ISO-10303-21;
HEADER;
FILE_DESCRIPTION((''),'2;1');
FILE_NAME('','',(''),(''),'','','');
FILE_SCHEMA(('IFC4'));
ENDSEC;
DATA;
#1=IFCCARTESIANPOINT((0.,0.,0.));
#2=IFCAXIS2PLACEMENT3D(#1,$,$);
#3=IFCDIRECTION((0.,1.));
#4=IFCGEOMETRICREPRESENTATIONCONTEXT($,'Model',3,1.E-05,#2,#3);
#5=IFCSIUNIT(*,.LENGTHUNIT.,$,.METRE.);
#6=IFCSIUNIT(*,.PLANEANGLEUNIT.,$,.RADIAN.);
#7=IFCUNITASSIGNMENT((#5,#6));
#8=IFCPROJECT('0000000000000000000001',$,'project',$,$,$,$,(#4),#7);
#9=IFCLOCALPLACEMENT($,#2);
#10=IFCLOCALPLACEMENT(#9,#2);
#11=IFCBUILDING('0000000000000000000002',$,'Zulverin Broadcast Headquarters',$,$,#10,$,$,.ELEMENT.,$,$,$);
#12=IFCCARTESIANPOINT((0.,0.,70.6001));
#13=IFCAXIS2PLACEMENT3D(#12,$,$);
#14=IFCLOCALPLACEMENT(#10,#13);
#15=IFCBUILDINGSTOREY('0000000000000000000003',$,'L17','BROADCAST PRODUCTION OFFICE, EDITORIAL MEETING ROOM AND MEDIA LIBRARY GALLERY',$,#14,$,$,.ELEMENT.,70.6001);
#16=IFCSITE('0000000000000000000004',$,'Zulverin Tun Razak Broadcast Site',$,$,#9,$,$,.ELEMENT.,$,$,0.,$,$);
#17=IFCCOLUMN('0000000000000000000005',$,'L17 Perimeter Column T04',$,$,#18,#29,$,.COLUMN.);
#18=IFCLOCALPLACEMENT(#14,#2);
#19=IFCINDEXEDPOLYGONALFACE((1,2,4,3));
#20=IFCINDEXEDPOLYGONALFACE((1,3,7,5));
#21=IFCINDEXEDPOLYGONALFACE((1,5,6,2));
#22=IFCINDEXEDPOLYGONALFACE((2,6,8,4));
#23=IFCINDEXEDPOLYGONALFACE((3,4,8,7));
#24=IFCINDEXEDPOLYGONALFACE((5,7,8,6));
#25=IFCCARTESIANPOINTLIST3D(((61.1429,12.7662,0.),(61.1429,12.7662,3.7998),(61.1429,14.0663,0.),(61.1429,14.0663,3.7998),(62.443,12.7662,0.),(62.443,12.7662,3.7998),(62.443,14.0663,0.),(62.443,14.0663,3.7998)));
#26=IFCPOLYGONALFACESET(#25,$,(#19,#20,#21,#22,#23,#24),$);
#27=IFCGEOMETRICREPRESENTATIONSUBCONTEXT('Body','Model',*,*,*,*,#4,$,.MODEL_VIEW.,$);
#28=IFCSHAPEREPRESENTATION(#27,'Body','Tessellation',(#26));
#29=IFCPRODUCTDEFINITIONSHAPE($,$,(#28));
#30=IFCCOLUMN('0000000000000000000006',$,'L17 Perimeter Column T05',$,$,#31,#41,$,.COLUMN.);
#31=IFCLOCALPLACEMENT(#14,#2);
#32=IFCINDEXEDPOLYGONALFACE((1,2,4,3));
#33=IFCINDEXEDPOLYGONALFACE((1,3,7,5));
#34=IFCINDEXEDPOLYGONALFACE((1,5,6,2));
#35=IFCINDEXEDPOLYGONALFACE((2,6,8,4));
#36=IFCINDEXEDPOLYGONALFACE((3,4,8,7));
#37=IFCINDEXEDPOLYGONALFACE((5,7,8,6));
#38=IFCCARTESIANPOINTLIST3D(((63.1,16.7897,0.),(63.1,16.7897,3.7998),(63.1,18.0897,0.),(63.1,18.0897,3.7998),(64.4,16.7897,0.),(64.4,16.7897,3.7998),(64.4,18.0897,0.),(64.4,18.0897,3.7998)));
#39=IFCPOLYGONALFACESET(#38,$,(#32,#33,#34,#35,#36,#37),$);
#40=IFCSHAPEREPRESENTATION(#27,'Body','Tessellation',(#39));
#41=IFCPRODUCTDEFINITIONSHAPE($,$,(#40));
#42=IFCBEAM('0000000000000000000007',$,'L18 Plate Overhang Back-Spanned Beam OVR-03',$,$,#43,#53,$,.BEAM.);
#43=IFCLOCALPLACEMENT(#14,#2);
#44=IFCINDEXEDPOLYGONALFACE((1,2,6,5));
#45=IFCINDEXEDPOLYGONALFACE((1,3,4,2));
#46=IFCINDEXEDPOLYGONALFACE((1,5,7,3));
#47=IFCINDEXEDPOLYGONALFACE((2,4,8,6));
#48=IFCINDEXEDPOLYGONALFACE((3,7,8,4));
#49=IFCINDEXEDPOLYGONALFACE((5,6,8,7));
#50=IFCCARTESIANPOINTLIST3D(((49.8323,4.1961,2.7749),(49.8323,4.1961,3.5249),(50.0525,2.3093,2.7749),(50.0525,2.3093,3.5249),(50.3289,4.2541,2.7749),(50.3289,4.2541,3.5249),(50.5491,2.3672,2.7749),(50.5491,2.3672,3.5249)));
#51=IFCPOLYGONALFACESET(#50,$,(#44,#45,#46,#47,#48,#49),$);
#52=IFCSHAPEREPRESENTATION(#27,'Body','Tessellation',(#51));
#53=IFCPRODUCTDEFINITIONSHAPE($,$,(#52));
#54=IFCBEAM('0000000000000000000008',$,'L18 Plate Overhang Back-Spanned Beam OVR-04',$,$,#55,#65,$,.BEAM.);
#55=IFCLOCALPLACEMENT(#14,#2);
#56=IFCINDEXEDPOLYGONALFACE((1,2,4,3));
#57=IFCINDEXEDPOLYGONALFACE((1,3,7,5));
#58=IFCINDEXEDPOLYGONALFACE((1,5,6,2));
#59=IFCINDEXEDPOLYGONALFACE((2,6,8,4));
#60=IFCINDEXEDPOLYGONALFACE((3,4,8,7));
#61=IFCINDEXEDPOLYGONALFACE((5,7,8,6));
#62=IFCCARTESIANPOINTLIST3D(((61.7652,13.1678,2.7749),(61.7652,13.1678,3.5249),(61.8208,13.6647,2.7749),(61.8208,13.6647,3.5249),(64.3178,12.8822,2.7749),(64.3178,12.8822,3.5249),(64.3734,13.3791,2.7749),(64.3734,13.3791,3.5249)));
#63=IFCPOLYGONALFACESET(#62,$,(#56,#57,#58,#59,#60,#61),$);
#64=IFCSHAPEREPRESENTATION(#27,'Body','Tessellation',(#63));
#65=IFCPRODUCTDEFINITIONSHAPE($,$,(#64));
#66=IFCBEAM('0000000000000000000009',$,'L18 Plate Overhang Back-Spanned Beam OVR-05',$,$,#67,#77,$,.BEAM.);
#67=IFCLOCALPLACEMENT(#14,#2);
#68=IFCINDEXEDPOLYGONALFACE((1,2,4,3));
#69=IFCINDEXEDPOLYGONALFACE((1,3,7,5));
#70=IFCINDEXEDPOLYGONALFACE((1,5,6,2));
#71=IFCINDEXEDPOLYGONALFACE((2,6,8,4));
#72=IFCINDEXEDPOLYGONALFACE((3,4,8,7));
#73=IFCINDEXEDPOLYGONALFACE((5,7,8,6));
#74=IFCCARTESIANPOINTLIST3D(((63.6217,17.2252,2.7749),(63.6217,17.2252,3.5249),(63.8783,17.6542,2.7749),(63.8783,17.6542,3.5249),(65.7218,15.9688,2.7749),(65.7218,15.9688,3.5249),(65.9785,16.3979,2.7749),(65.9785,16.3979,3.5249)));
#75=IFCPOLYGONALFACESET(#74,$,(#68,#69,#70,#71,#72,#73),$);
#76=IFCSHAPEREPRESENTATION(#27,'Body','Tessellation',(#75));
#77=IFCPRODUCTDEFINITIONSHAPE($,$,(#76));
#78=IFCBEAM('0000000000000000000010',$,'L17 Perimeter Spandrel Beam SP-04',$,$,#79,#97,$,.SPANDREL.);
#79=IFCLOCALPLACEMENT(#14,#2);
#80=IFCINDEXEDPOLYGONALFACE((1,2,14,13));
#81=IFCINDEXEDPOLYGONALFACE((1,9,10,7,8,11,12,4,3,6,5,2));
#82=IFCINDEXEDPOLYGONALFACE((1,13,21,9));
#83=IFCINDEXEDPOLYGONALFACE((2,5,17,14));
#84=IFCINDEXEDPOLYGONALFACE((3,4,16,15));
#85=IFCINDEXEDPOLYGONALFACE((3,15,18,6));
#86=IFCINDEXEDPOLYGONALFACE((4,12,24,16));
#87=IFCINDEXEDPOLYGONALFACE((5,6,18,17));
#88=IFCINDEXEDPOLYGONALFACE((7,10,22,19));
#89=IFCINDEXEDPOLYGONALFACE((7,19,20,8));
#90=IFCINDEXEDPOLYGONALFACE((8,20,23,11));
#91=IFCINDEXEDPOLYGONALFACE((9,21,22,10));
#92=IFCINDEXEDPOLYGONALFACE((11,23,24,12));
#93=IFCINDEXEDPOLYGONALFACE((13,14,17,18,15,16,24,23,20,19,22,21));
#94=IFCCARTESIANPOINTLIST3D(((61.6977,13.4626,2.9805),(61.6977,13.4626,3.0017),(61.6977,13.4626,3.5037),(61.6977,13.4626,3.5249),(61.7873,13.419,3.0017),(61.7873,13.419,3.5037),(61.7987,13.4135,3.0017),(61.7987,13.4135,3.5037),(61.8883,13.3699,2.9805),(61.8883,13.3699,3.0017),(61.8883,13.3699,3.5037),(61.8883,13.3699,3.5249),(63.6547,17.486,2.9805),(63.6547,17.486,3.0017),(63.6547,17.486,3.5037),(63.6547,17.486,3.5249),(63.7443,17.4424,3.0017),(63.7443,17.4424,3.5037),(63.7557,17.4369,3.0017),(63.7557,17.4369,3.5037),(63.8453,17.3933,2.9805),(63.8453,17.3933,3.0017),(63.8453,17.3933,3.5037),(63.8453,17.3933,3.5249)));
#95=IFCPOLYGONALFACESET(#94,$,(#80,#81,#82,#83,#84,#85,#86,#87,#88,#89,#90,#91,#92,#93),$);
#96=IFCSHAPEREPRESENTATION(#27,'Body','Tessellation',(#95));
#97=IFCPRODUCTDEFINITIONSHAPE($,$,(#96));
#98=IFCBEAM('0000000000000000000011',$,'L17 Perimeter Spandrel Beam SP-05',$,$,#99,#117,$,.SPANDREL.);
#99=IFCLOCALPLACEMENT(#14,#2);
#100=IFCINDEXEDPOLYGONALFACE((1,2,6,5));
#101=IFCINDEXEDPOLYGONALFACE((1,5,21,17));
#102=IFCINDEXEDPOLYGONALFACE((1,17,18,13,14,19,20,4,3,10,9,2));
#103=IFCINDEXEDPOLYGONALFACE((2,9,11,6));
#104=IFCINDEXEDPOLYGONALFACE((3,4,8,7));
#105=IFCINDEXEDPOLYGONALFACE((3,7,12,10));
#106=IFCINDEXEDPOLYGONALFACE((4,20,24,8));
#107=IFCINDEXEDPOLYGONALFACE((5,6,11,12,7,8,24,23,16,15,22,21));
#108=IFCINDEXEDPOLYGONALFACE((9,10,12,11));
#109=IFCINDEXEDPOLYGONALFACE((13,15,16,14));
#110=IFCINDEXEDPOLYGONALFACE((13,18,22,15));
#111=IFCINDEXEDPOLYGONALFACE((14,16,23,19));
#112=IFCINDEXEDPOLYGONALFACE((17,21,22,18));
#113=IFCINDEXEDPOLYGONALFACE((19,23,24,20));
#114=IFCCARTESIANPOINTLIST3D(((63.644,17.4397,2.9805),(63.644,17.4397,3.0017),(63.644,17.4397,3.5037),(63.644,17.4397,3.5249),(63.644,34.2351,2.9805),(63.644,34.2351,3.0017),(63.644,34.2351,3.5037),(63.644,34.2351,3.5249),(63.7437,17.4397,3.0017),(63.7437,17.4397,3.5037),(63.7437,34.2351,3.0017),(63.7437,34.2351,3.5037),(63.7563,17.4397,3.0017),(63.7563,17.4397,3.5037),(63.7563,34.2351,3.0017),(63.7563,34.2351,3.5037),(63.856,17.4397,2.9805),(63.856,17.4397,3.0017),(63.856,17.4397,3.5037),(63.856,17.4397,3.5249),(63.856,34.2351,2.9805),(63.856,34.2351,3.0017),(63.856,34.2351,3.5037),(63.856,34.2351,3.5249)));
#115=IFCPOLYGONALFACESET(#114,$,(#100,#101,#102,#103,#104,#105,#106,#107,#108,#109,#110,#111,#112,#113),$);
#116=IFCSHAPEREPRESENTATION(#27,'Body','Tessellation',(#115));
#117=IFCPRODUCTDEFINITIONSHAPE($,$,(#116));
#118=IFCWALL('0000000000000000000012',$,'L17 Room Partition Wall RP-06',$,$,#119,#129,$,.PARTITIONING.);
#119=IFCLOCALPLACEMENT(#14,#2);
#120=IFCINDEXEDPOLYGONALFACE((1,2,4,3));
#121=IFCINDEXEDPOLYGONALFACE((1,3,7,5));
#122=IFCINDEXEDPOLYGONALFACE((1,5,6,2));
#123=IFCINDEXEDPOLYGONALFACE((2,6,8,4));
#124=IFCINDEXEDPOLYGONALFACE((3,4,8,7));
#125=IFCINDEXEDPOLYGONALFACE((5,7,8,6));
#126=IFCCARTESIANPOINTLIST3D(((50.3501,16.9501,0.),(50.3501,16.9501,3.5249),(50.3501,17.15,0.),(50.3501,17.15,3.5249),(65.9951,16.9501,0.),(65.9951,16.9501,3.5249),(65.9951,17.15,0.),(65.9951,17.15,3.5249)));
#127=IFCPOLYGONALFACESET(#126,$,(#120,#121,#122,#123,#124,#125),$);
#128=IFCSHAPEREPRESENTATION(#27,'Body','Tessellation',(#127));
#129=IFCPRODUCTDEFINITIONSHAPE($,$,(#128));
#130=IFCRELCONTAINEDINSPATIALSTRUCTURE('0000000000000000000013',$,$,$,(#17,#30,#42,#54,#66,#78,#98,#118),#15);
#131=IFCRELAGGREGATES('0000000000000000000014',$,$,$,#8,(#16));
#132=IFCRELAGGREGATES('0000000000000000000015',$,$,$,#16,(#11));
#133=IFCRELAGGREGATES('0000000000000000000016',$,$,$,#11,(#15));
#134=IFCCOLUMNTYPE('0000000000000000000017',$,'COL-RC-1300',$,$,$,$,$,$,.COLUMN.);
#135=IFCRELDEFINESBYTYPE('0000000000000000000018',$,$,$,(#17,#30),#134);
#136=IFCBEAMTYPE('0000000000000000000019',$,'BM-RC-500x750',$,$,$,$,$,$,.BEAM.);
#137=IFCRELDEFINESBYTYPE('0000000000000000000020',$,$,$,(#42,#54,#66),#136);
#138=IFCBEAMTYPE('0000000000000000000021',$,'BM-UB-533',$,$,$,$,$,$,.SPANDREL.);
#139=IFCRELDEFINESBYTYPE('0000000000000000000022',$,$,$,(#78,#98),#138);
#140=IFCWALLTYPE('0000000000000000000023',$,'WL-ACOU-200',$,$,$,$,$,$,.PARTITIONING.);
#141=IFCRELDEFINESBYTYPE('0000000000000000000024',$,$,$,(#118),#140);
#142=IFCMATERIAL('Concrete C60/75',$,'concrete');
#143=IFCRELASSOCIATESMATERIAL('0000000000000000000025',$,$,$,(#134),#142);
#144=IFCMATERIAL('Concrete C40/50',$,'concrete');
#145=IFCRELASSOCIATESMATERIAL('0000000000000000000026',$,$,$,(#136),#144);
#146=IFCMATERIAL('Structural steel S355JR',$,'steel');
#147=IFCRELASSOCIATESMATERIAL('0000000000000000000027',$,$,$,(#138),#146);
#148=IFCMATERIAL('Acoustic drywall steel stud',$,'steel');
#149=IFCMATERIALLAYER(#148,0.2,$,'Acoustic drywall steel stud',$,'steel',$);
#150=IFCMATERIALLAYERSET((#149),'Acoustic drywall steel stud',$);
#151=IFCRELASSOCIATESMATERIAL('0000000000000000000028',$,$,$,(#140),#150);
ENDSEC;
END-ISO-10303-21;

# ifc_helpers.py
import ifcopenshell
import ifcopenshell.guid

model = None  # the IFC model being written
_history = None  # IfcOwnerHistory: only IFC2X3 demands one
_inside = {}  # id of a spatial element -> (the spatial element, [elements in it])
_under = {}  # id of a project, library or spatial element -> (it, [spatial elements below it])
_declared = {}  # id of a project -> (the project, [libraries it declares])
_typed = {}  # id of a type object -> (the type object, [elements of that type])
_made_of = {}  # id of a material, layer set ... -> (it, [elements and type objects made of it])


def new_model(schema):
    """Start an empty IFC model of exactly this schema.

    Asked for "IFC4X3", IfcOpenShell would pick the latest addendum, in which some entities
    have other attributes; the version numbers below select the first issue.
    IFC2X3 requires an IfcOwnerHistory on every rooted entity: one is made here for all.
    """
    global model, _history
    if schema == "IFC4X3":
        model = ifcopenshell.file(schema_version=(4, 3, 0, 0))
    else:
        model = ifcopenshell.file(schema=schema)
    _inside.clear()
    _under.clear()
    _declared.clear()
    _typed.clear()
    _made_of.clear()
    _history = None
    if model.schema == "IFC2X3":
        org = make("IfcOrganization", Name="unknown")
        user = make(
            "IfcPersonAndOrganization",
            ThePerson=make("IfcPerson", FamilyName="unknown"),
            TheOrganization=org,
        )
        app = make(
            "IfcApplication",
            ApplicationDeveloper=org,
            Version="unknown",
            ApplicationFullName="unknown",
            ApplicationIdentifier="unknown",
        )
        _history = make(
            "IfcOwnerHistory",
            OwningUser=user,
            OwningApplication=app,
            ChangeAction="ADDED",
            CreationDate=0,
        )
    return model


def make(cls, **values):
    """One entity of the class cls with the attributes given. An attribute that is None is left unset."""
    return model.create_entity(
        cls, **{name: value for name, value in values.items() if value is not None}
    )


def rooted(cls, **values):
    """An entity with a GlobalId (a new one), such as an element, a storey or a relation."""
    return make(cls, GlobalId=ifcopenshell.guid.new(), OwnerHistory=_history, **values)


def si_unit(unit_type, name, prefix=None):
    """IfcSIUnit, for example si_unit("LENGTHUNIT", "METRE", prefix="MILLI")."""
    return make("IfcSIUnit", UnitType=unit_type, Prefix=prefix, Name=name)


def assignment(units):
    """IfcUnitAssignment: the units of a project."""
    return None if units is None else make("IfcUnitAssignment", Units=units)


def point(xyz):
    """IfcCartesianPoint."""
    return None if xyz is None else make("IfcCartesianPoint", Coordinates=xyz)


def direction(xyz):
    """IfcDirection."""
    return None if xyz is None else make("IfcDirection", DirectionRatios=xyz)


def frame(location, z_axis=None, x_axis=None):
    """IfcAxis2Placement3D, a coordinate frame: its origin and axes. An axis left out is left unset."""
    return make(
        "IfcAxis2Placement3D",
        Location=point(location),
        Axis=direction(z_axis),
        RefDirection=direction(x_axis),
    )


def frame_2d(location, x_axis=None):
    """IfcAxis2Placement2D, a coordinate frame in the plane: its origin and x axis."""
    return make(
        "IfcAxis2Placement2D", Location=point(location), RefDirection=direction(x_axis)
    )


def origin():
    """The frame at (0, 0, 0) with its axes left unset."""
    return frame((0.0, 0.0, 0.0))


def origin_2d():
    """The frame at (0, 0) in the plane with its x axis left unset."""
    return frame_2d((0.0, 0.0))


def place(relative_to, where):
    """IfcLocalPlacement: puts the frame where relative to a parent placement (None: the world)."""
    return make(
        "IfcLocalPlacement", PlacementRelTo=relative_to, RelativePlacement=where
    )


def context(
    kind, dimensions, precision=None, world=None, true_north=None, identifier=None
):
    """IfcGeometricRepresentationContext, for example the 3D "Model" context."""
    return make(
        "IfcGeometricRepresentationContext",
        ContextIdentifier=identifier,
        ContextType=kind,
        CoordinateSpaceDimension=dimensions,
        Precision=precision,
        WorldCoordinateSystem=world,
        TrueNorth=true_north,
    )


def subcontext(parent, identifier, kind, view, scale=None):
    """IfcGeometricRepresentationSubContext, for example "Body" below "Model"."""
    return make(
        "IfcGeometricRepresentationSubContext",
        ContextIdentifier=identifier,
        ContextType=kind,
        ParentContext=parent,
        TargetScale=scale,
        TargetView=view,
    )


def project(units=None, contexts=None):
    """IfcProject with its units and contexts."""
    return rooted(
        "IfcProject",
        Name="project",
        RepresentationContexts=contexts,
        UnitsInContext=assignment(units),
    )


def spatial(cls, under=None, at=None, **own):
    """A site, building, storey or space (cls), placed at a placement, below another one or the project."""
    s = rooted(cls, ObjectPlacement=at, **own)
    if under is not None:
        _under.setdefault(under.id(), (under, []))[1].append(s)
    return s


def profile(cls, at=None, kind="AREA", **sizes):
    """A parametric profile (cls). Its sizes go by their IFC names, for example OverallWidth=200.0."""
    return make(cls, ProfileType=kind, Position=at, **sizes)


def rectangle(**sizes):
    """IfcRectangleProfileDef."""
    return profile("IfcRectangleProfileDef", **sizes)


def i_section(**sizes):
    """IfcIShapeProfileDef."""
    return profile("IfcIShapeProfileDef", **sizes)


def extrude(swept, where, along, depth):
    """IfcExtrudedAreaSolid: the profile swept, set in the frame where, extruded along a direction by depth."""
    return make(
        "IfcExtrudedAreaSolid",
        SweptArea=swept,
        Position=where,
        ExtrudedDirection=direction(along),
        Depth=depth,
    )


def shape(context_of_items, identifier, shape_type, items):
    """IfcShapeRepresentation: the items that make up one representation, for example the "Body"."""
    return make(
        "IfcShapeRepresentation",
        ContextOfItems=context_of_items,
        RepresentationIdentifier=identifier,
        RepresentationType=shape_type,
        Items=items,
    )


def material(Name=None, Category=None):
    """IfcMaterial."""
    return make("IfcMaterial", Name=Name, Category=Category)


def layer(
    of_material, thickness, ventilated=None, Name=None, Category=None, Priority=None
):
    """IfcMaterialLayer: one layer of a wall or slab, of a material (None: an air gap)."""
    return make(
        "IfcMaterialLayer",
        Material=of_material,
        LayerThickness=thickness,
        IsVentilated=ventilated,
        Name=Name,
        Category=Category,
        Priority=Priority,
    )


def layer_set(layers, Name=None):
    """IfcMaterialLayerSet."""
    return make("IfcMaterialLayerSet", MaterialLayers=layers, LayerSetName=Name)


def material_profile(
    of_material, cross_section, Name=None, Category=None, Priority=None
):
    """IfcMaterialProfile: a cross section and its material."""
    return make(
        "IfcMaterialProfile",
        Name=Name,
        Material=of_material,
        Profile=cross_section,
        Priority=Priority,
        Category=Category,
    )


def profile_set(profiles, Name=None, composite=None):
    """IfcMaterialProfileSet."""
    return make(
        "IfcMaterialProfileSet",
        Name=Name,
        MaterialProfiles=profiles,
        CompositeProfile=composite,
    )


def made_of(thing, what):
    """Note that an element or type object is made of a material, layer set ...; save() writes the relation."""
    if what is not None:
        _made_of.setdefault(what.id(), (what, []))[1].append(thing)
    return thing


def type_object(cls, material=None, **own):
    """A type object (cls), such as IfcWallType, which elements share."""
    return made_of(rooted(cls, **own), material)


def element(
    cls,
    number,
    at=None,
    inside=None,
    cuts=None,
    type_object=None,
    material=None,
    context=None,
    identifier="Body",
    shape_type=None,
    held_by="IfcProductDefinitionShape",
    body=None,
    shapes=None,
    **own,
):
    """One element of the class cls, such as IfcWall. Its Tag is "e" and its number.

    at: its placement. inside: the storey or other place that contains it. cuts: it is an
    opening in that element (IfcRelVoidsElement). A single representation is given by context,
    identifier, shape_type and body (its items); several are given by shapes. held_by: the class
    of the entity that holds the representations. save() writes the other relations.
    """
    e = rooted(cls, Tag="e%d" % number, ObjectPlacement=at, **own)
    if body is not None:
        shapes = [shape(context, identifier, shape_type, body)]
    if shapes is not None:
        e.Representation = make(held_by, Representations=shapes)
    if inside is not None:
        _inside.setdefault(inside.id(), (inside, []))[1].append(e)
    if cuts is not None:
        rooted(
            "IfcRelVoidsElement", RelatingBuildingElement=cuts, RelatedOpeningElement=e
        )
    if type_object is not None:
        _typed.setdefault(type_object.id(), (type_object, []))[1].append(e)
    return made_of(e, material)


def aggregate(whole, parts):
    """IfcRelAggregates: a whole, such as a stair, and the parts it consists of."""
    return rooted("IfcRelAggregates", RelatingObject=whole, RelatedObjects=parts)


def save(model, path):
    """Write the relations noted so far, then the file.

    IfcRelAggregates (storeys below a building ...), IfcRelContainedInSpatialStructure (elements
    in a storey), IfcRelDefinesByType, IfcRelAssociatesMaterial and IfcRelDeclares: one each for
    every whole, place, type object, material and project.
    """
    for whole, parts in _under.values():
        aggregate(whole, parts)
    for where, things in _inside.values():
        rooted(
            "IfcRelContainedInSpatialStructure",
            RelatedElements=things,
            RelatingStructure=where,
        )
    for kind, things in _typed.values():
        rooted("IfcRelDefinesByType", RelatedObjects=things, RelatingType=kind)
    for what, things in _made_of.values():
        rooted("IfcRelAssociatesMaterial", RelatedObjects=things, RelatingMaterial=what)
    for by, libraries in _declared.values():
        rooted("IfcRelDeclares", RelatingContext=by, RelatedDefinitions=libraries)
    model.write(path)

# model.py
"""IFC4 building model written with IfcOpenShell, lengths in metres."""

from ifc_helpers import new_model, si_unit, direction, frame, frame_2d, origin, origin_2d, place, context, subcontext, project, spatial, rectangle, i_section, extrude, material, layer, layer_set, material_profile, profile_set, type_object, element, save


model = new_model("IFC4")

# Units and contexts
model_context = context("Model", 3, precision=1e-05, world=origin(), true_north=direction((0.0, 1.0)))
body_context = subcontext(model_context, "Body", "Model", "MODEL_VIEW")
ifc_project = project(units=[si_unit("LENGTHUNIT", "METRE"), si_unit("PLANEANGLEUNIT", "RADIAN")], contexts=[model_context])

# Site, building, storey
site_placement = place(None, origin())
site = spatial("IfcSite", under=ifc_project, at=site_placement, Name="Zulverin Tun Razak Broadcast Site", CompositionType="ELEMENT", RefElevation=0.0)
building_placement = place(site_placement, origin())
building = spatial("IfcBuilding", under=site, at=building_placement, Name="Zulverin Broadcast Headquarters", CompositionType="ELEMENT")
storey_placement = place(building_placement, frame((0.0, 0.0, 70.6001)))
storey = spatial("IfcBuildingStorey", under=building, at=storey_placement, Name="L17", Description="BROADCAST PRODUCTION OFFICE, EDITORIAL MEETING ROOM AND MEDIA LIBRARY GALLERY", CompositionType="ELEMENT", Elevation=70.6001)

# Columns
ifc_material_1 = material(Name="Concrete C60/75", Category="concrete")
ifc_material_profile_1 = material_profile(ifc_material_1, rectangle(XDim=1.3, YDim=1.3, at=origin_2d()), Name="Concrete C60/75", Category="concrete")
ifc_profile_set_1 = profile_set([ifc_material_profile_1], Name="Concrete C60/75")
column_type = type_object("IfcColumnType", Name="COL-RC-1300", PredefinedType="COLUMN", material=ifc_profile_set_1)
for number, where, z_axis, x_axis, name in (
    (1, (61.793, 13.4163, 0.0), (0.0, 0.0, 1.0), (1.0, 0.0, 0.0), "L17 Perimeter Column T04"),
    (2, (63.75, 17.4397, 0.0), (0.0, 0.0, 1.0), (1.0, 0.0, 0.0), "L17 Perimeter Column T05"),
):
    element("IfcColumn", number, at=place(storey_placement, frame(where, z_axis=z_axis, x_axis=x_axis)), inside=storey, type_object=column_type, Name=name, PredefinedType="COLUMN", context=body_context, shape_type="SweptSolid", body=[
        extrude(rectangle(XDim=1.3, YDim=1.3, at=origin_2d()), origin(), (0.0, 0.0, 1.0), 3.7998),
    ])

# Beams
ifc_material_2 = material(Name="Concrete C40/50", Category="concrete")
ifc_material_profile_2 = material_profile(ifc_material_2, rectangle(XDim=0.5, YDim=0.75, at=origin_2d()), Name="Concrete C40/50", Category="concrete")
ifc_profile_set_2 = profile_set([ifc_material_profile_2], Name="Concrete C40/50")
beam_type_1 = type_object("IfcBeamType", Name="BM-RC-500x750", PredefinedType="BEAM", material=ifc_profile_set_2)
beam_1_placement = place(storey_placement, frame((50.0806, 4.2251, 3.1499), z_axis=(0.115917, -0.993259, 0.0), x_axis=(0.993259, 0.115917, 0.0)))
element("IfcBeam", 3, at=beam_1_placement, inside=storey, type_object=beam_type_1, Name="L18 Plate Overhang Back-Spanned Beam OVR-03", PredefinedType="BEAM", context=body_context, shape_type="SweptSolid", body=[
    extrude(rectangle(XDim=0.5, YDim=0.75, at=origin_2d()), origin(), (0.0, 0.0, 1.0), 1.8997),
])
beam_2_placement = place(storey_placement, frame((61.793, 13.4163, 3.1499), z_axis=(0.993798, -0.111203, 0.0), x_axis=(0.111203, 0.993798, 0.0)))
element("IfcBeam", 4, at=beam_2_placement, inside=storey, type_object=beam_type_1, Name="L18 Plate Overhang Back-Spanned Beam OVR-04", PredefinedType="BEAM", context=body_context, shape_type="SweptSolid", body=[
    extrude(rectangle(XDim=0.5, YDim=0.75, at=origin_2d()), origin(), (0.0, 0.0, 1.0), 2.5686),
])
beam_3_placement = place(storey_placement, frame((63.75, 17.4397, 3.1499), z_axis=(0.858161, -0.51338, 0.0), x_axis=(0.51338, 0.858161, 0.0)))
element("IfcBeam", 5, at=beam_3_placement, inside=storey, type_object=beam_type_1, Name="L18 Plate Overhang Back-Spanned Beam OVR-05", PredefinedType="BEAM", context=body_context, shape_type="SweptSolid", body=[
    extrude(rectangle(XDim=0.5, YDim=0.75, at=origin_2d()), origin(), (0.0, 0.0, 1.0), 2.4473),
])
ifc_material_3 = material(Name="Structural steel S355JR", Category="steel")
ifc_material_profile_3 = material_profile(ifc_material_3, i_section(OverallWidth=0.2119, OverallDepth=0.5444, WebThickness=0.0127, FlangeThickness=0.0212, at=origin_2d()), Name="Structural steel S355JR", Category="steel")
ifc_profile_set_3 = profile_set([ifc_material_profile_3], Name="Structural steel S355JR")
beam_type_2 = type_object("IfcBeamType", Name="BM-UB-533", PredefinedType="SPANDREL", material=ifc_profile_set_3)
beam_4_placement = place(storey_placement, frame((61.793, 13.4163, 3.2527), z_axis=(0.437408, 0.899263, 0.0), x_axis=(-0.899263, 0.437408, 0.0)))
element("IfcBeam", 6, at=beam_4_placement, inside=storey, type_object=beam_type_2, Name="L17 Perimeter Spandrel Beam SP-04", PredefinedType="SPANDREL", context=body_context, shape_type="SweptSolid", body=[
    extrude(i_section(OverallWidth=0.2119, OverallDepth=0.5444, WebThickness=0.0127, FlangeThickness=0.0212, at=origin_2d()), origin(), (0.0, 0.0, 1.0), 4.4741),
])
beam_5_placement = place(storey_placement, frame((63.75, 17.4397, 3.2527), z_axis=(0.0, 1.0, 0.0), x_axis=(-1.0, 0.0, 0.0)))
element("IfcBeam", 7, at=beam_5_placement, inside=storey, type_object=beam_type_2, Name="L17 Perimeter Spandrel Beam SP-05", PredefinedType="SPANDREL", context=body_context, shape_type="SweptSolid", body=[
    extrude(i_section(OverallWidth=0.2119, OverallDepth=0.5444, WebThickness=0.0127, FlangeThickness=0.0212, at=origin_2d()), origin(), (0.0, 0.0, 1.0), 16.7954),
])

# Wall
ifc_material_4 = material(Name="Acoustic drywall steel stud", Category="steel")
ifc_layer_1 = layer(ifc_material_4, 0.2, Name="Acoustic drywall steel stud", Category="steel")
ifc_layer_set_1 = layer_set([ifc_layer_1], Name="Acoustic drywall steel stud")
wall_type_1 = type_object("IfcWallType", Name="WL-ACOU-200", PredefinedType="PARTITIONING", material=ifc_layer_set_1)
wall_1_placement = place(storey_placement, frame((50.3501, 17.05, 0.0), z_axis=(0.0, 0.0, 1.0), x_axis=(1.0, 0.0, 0.0)))
element("IfcWall", 8, at=wall_1_placement, inside=storey, type_object=wall_type_1, Name="L17 Room Partition Wall RP-06", PredefinedType="PARTITIONING", context=body_context, shape_type="SweptSolid", body=[
    extrude(rectangle(XDim=15.645, YDim=0.2, at=frame_2d((7.8225, 0.0))), origin(), (0.0, 0.0, 1.0), 3.5249),
])

save(model, "model.ifc")
